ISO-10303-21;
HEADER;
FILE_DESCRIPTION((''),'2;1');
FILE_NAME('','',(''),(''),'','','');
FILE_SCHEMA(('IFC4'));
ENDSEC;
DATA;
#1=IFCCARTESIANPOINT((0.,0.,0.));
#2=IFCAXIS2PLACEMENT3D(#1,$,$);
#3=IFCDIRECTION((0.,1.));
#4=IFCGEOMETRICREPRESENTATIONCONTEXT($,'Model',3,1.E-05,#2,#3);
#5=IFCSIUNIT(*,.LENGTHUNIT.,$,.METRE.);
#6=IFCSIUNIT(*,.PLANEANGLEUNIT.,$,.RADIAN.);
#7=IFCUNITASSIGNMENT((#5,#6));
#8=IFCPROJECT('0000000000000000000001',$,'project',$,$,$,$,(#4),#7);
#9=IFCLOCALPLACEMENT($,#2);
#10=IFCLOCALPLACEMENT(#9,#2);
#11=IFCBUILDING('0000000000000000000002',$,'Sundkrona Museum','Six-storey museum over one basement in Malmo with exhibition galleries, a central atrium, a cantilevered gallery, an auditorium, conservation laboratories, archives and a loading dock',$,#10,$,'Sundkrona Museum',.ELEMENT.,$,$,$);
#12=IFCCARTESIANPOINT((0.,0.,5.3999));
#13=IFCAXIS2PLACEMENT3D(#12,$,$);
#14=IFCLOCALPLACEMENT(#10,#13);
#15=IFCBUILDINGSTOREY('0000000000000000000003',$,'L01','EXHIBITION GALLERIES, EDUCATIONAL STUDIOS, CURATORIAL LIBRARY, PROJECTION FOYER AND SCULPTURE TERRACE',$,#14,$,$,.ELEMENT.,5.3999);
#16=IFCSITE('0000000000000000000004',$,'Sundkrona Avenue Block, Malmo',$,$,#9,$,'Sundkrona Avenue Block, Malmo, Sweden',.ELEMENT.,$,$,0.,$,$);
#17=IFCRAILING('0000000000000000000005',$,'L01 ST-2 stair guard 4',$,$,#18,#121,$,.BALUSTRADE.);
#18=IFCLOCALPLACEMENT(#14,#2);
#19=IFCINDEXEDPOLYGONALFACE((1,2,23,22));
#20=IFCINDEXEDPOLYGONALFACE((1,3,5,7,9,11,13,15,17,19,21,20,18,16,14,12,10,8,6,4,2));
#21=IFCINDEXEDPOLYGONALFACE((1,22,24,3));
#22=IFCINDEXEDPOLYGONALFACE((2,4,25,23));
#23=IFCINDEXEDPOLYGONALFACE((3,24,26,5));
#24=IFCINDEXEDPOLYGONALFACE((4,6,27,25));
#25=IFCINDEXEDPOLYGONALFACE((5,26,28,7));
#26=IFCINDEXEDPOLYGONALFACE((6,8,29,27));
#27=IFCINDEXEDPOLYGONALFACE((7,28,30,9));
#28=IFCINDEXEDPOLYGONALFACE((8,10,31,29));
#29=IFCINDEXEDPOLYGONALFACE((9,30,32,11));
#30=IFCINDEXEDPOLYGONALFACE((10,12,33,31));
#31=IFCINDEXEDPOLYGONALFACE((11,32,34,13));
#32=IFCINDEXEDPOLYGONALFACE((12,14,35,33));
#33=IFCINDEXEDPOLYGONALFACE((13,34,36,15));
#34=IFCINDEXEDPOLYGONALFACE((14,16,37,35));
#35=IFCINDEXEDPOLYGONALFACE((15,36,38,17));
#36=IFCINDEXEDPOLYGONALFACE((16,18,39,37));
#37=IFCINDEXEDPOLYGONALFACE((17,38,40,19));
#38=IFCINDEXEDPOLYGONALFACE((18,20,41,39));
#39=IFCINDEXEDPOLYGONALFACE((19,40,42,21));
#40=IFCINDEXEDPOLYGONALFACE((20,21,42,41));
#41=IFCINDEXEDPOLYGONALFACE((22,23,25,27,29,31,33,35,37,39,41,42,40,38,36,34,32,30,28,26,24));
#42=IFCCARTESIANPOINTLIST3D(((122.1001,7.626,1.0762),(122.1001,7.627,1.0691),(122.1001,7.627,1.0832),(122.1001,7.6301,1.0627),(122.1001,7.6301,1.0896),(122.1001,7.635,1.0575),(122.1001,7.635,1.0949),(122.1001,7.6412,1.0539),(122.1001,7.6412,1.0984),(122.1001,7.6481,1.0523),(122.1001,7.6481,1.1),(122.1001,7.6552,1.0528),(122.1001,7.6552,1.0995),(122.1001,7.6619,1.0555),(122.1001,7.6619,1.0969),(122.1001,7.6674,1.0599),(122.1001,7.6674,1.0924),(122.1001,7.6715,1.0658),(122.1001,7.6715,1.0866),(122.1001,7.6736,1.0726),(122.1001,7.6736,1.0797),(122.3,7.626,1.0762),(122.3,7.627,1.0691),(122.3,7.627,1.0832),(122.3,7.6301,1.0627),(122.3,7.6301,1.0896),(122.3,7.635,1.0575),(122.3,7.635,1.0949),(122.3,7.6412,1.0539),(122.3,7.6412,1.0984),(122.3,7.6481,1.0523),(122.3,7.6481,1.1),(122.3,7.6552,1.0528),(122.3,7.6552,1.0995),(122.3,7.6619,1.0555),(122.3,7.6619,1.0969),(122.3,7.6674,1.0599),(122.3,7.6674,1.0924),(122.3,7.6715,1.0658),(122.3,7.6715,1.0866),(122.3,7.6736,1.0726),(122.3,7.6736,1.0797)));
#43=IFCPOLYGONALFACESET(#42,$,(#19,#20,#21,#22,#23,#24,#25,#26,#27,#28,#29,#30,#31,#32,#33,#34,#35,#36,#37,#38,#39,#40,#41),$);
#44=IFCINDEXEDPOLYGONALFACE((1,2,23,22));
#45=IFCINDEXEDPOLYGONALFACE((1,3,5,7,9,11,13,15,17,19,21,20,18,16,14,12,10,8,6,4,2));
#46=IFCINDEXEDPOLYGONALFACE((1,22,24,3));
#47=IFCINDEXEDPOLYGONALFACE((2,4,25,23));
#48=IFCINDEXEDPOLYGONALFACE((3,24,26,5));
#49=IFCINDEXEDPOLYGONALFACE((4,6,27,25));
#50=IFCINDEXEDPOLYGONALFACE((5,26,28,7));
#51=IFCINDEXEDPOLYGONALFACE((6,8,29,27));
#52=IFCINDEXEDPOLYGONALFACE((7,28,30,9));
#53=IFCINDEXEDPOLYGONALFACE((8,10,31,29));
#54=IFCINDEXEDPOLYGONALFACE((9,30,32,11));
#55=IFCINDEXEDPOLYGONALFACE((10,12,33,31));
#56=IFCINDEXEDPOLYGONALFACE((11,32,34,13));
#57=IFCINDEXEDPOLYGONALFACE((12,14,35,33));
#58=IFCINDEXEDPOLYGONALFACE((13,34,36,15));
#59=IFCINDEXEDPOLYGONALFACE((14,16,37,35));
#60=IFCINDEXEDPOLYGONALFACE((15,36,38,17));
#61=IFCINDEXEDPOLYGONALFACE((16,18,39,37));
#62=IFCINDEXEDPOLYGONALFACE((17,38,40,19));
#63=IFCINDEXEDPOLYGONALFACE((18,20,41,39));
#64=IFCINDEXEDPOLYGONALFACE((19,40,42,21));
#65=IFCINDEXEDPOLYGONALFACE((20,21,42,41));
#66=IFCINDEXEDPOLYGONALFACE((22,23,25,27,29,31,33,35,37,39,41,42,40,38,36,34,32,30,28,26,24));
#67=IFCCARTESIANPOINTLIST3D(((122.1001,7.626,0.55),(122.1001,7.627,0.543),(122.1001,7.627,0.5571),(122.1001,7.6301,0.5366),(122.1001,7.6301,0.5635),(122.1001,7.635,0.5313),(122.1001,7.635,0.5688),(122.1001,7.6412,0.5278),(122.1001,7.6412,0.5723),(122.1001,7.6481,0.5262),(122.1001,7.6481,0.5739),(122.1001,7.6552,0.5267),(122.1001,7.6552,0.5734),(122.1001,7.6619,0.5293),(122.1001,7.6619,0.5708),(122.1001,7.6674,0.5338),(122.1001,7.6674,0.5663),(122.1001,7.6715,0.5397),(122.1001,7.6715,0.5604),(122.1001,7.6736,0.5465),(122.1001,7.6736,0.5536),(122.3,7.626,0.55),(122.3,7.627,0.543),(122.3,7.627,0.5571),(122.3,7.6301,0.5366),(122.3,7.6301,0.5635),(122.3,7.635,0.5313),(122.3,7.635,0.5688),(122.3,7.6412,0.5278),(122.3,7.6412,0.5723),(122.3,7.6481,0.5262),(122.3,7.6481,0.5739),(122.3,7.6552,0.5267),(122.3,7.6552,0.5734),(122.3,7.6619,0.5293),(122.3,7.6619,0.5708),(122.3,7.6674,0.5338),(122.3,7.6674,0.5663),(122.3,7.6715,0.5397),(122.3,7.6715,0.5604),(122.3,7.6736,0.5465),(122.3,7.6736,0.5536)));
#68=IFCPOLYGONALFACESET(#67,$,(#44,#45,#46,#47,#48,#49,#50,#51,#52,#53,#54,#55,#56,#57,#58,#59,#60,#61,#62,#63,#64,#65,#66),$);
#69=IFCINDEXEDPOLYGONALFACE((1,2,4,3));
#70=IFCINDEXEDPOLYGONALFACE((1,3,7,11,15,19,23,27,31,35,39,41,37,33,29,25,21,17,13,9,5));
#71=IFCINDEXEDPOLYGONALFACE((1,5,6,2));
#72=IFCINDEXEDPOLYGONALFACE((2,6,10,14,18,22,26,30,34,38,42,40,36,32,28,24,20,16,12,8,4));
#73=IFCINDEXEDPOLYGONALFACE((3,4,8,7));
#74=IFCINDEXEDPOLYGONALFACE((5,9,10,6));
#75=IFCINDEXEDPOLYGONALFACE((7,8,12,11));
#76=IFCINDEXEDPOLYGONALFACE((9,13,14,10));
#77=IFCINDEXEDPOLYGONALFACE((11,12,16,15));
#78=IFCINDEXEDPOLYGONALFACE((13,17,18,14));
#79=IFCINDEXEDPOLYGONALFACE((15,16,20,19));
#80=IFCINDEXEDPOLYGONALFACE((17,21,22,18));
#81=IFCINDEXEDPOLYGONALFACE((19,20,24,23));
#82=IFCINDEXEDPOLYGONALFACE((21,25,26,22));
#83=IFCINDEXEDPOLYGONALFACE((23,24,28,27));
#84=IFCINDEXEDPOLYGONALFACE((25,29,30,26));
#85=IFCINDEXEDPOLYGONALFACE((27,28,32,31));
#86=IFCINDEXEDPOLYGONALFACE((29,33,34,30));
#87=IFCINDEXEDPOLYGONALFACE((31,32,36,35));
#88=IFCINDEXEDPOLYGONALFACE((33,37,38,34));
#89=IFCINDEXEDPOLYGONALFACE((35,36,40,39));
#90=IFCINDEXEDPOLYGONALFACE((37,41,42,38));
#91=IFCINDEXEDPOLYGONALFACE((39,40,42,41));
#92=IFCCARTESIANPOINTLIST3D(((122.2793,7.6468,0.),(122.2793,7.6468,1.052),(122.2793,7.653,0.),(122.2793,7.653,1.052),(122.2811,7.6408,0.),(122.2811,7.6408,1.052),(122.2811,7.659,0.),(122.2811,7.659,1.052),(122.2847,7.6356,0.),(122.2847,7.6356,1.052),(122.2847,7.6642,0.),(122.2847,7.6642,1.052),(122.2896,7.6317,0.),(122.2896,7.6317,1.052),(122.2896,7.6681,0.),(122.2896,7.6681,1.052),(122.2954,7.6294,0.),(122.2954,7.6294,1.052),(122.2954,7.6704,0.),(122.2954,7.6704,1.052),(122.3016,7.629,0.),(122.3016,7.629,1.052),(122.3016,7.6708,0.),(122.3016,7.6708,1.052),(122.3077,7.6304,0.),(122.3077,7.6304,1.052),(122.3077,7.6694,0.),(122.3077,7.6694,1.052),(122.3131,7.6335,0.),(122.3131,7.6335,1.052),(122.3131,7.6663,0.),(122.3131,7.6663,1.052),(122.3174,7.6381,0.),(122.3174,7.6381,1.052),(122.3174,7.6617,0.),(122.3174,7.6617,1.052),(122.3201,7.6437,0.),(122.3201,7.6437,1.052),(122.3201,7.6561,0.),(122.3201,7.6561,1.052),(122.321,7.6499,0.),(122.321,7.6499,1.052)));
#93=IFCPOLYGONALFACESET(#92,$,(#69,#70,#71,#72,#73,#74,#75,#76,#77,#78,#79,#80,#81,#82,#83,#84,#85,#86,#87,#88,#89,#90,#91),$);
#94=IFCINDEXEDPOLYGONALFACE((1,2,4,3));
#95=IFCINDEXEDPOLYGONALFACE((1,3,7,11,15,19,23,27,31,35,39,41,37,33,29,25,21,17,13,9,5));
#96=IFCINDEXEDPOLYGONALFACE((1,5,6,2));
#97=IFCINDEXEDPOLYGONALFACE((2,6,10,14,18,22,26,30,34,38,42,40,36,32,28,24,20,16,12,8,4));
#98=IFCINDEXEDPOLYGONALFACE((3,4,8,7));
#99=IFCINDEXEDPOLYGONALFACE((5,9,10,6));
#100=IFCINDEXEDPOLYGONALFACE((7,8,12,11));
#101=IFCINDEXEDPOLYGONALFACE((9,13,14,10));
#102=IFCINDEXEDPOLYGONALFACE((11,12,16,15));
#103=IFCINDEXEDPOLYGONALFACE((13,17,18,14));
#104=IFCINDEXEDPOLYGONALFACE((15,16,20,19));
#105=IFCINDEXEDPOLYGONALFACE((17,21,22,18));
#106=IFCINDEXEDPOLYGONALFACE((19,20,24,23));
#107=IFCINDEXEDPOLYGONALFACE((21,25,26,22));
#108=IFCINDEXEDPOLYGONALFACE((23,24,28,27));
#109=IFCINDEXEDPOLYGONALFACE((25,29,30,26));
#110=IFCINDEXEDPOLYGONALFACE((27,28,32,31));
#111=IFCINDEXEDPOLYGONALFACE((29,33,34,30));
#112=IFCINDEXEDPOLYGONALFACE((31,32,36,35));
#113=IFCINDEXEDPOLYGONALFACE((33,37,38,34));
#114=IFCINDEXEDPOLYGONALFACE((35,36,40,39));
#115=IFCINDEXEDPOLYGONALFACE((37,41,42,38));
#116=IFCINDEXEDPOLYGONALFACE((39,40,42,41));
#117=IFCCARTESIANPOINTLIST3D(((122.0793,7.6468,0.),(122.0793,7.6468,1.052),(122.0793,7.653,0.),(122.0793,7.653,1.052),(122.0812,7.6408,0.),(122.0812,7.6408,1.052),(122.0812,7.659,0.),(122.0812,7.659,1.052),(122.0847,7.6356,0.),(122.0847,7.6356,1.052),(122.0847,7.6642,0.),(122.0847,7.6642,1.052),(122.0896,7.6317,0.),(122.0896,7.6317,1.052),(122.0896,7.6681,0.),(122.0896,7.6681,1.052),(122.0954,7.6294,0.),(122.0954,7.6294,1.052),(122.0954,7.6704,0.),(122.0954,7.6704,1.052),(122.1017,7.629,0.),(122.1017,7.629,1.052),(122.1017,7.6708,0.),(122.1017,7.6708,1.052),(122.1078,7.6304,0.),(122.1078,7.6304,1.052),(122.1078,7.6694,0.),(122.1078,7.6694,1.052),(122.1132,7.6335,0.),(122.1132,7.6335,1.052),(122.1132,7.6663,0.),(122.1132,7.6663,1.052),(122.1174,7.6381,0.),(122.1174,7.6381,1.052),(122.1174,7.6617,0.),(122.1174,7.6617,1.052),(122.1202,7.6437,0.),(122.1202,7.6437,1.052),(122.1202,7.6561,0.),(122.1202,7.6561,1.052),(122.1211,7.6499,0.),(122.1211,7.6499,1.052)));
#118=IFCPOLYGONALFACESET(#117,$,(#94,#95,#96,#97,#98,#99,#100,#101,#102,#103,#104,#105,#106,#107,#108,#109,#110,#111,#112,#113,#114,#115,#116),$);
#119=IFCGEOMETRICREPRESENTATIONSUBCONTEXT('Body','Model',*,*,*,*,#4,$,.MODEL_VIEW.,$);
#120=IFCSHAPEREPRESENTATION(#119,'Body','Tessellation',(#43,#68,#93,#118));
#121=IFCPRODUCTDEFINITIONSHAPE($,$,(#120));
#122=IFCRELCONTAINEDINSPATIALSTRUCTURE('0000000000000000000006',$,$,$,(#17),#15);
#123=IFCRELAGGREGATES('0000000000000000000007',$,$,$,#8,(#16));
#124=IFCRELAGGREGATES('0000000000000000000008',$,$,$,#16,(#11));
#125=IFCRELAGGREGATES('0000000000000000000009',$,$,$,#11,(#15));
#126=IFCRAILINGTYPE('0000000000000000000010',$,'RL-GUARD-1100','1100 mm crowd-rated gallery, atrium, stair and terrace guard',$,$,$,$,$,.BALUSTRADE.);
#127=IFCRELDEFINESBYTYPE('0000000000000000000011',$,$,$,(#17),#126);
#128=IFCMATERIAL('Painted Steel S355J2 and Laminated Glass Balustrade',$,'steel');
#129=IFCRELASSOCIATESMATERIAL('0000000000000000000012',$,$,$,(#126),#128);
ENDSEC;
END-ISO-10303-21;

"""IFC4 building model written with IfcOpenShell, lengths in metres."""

from ifc_helpers import new_model, si_unit, direction, frame, origin, origin_2d, place, context, subcontext, project, spatial, circle, extrude, material, type_object, element, save


model = new_model("IFC4")

# Units and contexts
model_context = context("Model", 3, precision=1e-05, world=origin(), true_north=direction((0.0, 1.0)))
body_context = subcontext(model_context, "Body", "Model", "MODEL_VIEW")
ifc_project = project(units=[si_unit("LENGTHUNIT", "METRE"), si_unit("PLANEANGLEUNIT", "RADIAN")], contexts=[model_context])

# Site, building, storey
site_placement = place(None, origin())
site = spatial("IfcSite", under=ifc_project, at=site_placement, Name="Sundkrona Avenue Block, Malmo", LongName="Sundkrona Avenue Block, Malmo, Sweden", CompositionType="ELEMENT", RefElevation=0.0)
building_placement = place(site_placement, origin())
building = spatial("IfcBuilding", under=site, at=building_placement, Name="Sundkrona Museum", Description="Six-storey museum over one basement in Malmo with exhibition galleries, a central atrium, a cantilevered gallery, an auditorium, conservation laboratories, archives and a loading dock", LongName="Sundkrona Museum", CompositionType="ELEMENT")
storey_placement = place(building_placement, frame((0.0, 0.0, 5.3999)))
storey = spatial("IfcBuildingStorey", under=building, at=storey_placement, Name="L01", Description="EXHIBITION GALLERIES, EDUCATIONAL STUDIOS, CURATORIAL LIBRARY, PROJECTION FOYER AND SCULPTURE TERRACE", CompositionType="ELEMENT", Elevation=5.3999)

# Railing
ifc_material_1 = material(Name="Painted Steel S355J2 and Laminated Glass Balustrade", Category="steel")
railing_type_1 = type_object("IfcRailingType", Name="RL-GUARD-1100", Description="1100 mm crowd-rated gallery, atrium, stair and terrace guard", PredefinedType="BALUSTRADE", material=ifc_material_1)
railing_1_placement = place(storey_placement, frame((122.3, 7.6499, 0.0)))
element("IfcRailing", 1, at=railing_1_placement, inside=storey, type_object=railing_type_1, Name="L01 ST-2 stair guard 4", PredefinedType="BALUSTRADE", context=body_context, shape_type="SweptSolid", body=[
    extrude(circle(Radius=0.0239, at=origin_2d()), frame((0.0, 0.0, 1.0762), z_axis=(-1.0, 0.0, 0.0), x_axis=(0.0, -1.0, 0.0)), (0.0, 0.0, 1.0), 0.2),
    extrude(circle(Radius=0.0239, at=origin_2d()), frame((0.0, 0.0, 0.55), z_axis=(-1.0, 0.0, 0.0), x_axis=(0.0, -1.0, 0.0)), (0.0, 0.0, 1.0), 0.2),
    extrude(circle(Radius=0.021, at=origin_2d()), origin(), (0.0, 0.0, 1.0), 1.052),
    extrude(circle(Radius=0.021, at=origin_2d()), frame((-0.2, 0.0, 0.0)), (0.0, 0.0, 1.0), 1.052),
])

save(model, "model.ifc")
